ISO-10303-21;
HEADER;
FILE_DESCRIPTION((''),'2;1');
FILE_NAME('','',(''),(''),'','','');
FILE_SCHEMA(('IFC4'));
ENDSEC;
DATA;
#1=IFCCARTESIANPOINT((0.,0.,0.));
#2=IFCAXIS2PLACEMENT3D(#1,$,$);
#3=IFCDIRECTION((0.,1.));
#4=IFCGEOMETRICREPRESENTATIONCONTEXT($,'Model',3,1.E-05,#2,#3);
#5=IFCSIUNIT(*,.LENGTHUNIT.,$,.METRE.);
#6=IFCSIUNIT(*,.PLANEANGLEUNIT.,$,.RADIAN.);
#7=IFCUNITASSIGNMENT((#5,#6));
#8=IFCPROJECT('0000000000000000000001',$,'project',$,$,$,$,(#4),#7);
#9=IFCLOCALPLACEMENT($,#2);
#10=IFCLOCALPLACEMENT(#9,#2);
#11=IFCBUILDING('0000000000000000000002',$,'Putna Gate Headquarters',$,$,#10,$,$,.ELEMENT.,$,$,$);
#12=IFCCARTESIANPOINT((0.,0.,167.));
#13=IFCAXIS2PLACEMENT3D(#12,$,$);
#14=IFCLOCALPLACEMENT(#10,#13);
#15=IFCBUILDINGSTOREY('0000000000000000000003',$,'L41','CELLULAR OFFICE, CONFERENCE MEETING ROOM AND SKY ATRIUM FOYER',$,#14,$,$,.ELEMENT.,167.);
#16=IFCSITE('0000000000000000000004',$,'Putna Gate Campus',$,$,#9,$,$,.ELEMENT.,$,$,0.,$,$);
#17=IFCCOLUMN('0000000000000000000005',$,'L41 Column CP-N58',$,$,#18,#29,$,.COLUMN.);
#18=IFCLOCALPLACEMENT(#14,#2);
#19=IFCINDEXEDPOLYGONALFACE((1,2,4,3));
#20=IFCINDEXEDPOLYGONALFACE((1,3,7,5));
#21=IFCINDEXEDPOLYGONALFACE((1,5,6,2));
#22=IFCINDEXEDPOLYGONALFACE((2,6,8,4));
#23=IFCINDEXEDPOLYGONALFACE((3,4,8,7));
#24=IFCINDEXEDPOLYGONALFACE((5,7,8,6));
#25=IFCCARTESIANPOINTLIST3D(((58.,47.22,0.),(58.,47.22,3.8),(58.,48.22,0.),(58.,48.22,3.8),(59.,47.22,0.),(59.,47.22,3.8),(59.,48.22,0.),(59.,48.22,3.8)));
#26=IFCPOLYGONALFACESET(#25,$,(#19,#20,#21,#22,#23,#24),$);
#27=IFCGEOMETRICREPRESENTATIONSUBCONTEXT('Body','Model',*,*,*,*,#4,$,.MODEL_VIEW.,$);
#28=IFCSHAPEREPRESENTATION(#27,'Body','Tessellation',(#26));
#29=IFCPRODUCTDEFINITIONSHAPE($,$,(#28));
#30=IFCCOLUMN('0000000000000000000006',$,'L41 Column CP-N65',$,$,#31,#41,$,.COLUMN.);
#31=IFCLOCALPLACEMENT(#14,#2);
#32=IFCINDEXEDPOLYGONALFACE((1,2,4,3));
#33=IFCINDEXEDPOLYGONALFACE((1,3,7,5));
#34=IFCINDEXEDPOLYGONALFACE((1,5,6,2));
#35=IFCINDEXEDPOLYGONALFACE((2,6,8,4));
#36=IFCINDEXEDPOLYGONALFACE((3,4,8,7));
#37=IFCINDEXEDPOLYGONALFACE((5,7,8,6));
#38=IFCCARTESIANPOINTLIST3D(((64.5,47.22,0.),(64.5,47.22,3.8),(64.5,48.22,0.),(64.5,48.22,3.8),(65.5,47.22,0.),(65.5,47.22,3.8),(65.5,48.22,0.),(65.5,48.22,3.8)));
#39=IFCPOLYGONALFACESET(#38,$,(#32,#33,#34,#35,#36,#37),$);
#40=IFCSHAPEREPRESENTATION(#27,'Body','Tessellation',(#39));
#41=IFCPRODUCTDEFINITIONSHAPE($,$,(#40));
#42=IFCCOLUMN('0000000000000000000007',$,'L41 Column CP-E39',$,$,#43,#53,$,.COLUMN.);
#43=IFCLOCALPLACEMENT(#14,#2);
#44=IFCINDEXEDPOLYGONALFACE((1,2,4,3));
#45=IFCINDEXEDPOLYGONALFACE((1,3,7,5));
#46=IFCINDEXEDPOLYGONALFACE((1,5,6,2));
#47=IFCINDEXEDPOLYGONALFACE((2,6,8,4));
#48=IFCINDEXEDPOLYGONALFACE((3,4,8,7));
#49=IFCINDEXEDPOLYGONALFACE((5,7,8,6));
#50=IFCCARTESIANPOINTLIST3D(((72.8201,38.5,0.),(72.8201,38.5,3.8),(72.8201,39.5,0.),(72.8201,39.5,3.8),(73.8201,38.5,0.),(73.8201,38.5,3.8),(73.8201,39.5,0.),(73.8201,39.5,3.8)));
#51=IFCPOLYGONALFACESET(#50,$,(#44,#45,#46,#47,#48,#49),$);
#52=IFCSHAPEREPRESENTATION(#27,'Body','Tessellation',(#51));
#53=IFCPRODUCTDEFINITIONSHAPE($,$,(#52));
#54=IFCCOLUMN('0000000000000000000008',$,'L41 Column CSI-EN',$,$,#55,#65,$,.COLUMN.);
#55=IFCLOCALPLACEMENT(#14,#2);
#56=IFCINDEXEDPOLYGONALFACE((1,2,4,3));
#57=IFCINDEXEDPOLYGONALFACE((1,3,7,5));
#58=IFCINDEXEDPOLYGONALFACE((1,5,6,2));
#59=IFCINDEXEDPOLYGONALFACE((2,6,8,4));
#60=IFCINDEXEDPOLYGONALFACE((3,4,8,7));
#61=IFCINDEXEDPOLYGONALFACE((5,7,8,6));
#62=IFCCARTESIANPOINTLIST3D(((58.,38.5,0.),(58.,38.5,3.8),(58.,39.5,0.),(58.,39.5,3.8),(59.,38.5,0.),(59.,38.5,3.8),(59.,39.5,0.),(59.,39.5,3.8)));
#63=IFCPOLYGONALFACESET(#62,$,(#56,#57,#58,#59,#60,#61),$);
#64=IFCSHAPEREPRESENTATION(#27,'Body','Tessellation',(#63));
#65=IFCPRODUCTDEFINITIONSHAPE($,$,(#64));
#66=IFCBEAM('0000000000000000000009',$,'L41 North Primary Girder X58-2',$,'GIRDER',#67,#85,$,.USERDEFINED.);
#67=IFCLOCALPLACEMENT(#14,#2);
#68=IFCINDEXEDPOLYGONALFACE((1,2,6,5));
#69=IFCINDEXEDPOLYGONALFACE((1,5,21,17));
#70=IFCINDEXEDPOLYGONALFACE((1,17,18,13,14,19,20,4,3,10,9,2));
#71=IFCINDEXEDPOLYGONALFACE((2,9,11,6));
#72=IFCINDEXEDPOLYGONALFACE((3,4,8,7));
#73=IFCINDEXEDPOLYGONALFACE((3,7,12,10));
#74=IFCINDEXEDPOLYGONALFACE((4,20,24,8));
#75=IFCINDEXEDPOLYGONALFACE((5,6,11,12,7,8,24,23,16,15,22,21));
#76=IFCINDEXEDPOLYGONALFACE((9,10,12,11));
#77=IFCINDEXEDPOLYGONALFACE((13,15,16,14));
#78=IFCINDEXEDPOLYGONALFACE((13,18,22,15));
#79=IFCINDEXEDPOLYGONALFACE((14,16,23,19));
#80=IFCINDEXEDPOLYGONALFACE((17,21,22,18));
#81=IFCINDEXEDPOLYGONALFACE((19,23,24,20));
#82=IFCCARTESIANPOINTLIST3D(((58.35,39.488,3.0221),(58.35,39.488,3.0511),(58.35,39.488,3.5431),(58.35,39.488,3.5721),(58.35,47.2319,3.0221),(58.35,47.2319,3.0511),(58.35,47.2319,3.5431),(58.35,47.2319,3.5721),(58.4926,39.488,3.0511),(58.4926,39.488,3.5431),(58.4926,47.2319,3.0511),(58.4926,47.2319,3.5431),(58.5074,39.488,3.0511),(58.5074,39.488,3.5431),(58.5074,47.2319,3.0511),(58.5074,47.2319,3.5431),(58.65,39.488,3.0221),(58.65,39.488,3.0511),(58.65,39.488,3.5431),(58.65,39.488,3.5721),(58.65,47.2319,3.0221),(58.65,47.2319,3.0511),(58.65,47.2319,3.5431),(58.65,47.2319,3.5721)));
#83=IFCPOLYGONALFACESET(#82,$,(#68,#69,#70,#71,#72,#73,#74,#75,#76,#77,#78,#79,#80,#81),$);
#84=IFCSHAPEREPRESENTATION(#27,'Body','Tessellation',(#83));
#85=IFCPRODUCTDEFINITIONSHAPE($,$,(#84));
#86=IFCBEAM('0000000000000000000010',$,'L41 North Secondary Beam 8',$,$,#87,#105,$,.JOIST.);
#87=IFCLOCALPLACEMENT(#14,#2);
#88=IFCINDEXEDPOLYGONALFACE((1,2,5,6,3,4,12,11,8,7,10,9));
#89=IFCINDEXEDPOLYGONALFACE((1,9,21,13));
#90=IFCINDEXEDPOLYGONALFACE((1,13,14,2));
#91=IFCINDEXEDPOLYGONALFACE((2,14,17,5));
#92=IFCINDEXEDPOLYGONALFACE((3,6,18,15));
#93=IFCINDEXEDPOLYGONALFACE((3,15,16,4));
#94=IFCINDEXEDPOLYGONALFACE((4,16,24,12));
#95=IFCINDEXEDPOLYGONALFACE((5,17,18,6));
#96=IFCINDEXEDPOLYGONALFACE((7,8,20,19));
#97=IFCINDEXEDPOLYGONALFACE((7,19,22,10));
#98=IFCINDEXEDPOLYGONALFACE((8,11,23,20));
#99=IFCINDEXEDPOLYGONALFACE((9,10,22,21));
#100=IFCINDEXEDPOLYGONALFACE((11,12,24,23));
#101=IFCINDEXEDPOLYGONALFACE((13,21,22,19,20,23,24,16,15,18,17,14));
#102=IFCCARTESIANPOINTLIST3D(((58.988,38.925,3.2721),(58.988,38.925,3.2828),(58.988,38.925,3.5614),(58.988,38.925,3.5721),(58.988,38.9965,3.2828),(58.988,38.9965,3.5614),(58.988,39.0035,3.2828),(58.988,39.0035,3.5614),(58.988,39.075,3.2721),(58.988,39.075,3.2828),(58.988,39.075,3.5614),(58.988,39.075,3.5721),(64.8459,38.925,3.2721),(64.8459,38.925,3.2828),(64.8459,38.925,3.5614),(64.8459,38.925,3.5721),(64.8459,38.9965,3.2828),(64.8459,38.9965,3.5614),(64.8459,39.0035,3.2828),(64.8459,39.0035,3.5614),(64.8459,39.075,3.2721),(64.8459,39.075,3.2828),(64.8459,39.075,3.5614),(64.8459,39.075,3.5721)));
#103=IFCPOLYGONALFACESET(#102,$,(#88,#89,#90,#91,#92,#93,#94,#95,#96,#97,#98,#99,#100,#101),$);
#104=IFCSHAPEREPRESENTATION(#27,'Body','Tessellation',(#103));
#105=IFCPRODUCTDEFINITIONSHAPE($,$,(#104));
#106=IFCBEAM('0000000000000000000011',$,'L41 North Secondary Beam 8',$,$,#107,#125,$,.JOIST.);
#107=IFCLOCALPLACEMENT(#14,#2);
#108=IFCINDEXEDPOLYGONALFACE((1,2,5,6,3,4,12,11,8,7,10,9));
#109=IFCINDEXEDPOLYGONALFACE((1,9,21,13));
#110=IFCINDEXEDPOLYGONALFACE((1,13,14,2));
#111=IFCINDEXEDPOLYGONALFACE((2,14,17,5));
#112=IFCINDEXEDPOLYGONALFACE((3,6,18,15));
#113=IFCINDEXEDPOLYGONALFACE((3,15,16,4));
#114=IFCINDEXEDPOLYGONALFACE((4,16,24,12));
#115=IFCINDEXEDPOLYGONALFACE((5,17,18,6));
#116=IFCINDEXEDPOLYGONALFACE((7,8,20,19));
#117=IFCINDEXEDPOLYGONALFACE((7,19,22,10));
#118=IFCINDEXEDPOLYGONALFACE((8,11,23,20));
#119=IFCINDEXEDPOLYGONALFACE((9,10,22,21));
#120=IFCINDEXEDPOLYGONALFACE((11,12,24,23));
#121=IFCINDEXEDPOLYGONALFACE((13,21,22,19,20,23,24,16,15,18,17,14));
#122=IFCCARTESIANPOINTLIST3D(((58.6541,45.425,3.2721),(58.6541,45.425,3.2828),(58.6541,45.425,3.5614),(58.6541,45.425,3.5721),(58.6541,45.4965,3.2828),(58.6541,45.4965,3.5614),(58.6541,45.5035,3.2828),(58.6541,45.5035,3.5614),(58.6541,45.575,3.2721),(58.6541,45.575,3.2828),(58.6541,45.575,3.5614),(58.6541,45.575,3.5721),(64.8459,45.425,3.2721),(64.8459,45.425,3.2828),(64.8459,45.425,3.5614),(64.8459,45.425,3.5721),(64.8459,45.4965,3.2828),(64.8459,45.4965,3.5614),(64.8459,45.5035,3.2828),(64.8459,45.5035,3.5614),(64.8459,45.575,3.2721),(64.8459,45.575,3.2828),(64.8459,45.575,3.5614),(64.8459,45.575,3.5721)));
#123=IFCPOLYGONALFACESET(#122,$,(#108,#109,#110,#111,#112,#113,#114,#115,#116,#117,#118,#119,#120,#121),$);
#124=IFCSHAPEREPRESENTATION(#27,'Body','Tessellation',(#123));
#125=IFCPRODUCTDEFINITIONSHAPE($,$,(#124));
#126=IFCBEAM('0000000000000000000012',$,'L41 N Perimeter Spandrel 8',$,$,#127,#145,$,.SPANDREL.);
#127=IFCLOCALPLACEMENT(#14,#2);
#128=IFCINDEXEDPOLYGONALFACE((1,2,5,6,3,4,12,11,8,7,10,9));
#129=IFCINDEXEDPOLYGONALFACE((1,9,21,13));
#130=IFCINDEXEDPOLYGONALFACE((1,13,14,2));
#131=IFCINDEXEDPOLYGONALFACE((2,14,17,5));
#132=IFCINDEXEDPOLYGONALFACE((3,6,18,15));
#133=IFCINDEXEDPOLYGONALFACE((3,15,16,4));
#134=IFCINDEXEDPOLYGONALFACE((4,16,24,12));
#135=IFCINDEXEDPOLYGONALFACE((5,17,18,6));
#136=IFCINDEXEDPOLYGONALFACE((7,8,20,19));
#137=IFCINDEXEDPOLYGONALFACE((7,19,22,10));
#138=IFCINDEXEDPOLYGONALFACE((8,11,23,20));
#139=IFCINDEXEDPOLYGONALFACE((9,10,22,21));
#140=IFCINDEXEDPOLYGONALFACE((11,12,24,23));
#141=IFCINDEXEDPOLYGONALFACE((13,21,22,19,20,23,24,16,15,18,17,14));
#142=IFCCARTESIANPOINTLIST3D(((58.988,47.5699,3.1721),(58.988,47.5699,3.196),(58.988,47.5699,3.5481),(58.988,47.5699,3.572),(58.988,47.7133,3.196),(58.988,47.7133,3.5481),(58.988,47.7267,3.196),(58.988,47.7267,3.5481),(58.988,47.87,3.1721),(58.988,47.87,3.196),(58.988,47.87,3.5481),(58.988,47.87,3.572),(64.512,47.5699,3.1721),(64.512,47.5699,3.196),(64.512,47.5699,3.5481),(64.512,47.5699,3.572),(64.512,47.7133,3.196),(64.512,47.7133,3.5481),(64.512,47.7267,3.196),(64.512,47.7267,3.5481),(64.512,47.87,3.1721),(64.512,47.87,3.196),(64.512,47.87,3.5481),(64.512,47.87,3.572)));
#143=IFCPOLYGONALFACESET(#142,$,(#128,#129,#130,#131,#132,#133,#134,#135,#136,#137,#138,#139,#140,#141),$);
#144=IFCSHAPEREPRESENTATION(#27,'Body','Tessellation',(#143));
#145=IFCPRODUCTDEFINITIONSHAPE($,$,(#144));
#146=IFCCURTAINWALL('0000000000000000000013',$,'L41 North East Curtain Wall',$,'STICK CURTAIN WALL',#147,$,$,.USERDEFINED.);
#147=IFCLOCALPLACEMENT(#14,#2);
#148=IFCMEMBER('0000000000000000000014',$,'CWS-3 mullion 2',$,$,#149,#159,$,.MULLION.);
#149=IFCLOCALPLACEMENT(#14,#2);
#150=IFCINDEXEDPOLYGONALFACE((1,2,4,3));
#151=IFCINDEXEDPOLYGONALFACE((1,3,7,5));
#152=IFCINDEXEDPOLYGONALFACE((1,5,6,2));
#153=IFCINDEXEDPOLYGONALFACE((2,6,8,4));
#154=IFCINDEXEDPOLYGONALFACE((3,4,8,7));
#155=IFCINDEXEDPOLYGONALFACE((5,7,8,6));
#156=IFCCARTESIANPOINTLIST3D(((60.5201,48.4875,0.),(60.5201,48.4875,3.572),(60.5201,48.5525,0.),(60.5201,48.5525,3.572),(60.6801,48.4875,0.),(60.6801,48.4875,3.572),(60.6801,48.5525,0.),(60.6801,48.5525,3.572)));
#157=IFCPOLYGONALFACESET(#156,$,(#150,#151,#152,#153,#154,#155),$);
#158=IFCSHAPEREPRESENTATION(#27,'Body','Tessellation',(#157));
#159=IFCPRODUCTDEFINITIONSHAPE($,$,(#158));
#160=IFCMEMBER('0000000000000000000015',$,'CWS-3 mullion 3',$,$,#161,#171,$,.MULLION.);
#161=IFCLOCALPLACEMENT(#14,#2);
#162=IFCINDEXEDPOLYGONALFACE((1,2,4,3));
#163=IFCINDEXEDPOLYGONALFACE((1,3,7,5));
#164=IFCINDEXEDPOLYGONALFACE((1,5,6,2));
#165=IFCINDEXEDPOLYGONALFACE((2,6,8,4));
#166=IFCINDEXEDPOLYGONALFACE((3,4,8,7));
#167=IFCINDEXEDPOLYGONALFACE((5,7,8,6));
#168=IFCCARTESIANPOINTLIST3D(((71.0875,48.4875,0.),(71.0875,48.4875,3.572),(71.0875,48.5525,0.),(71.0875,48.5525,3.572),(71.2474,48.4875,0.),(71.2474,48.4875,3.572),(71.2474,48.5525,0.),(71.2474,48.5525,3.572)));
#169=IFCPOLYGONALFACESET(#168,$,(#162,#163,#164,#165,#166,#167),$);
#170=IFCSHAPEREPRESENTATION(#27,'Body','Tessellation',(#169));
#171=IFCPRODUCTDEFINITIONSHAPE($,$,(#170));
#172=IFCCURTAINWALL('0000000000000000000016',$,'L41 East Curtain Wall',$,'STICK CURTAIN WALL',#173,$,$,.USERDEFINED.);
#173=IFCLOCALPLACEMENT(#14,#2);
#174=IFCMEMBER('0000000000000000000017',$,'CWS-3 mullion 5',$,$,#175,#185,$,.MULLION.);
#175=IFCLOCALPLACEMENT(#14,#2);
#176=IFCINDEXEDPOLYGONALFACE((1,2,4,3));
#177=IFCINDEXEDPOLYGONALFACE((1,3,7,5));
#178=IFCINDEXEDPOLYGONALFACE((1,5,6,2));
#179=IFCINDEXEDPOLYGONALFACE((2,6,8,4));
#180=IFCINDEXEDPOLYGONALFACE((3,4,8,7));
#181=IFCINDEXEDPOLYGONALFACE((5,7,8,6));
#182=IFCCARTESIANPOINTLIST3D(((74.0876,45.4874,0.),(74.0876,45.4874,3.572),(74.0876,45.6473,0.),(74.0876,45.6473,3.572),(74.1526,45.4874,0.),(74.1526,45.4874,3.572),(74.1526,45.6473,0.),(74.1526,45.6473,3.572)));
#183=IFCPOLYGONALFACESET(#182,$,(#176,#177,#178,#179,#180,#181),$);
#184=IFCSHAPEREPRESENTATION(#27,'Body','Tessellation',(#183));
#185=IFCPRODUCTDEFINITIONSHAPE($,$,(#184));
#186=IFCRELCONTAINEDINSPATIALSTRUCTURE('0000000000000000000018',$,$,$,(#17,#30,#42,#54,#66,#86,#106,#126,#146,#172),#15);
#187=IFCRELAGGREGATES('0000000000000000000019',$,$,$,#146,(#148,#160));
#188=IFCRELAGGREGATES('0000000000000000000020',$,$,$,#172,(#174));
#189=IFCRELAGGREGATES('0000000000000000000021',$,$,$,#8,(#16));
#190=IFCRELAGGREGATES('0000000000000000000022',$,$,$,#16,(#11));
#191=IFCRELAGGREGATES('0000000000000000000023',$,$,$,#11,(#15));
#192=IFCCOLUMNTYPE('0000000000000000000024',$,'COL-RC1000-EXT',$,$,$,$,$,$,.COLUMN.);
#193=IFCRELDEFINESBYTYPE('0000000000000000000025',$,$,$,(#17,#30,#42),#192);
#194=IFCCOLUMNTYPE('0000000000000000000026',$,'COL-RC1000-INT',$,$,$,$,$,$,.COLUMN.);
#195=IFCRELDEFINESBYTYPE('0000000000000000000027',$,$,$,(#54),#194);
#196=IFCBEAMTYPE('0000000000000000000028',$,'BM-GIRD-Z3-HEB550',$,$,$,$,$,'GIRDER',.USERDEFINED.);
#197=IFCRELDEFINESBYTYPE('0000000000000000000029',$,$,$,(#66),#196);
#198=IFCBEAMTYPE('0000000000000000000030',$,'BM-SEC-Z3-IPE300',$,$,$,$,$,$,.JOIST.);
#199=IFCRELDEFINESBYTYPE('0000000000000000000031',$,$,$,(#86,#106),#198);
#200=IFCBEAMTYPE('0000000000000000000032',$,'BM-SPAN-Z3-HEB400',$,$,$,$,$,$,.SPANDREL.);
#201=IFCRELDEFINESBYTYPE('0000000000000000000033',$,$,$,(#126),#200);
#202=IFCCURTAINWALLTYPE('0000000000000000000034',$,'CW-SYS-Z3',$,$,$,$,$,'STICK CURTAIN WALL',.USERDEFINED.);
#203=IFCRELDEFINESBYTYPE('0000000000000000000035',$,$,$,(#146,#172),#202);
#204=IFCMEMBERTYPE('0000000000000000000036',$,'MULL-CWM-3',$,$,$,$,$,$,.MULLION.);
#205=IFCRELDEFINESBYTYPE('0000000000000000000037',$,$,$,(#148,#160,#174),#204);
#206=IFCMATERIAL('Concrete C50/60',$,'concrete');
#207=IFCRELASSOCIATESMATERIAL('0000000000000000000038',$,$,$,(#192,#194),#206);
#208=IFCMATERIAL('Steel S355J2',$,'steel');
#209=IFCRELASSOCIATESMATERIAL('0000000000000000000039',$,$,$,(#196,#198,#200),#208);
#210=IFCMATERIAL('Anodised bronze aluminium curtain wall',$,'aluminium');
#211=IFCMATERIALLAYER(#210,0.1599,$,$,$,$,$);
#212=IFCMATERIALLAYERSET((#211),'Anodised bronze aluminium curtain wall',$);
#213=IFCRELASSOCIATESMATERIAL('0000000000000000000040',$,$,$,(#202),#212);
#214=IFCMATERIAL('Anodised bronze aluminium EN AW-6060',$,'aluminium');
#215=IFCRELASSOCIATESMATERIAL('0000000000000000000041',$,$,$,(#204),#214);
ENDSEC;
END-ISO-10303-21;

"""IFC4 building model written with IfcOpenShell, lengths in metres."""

from ifc_helpers import new_model, si_unit, direction, frame, origin, origin_2d, place, context, subcontext, project, spatial, rectangle, i_section, extrude, material, layer, layer_set, material_profile, profile_set, type_object, element, aggregate, save


model = new_model("IFC4")

# Units and contexts
model_context = context("Model", 3, precision=1e-05, world=origin(), true_north=direction((0.0, 1.0)))
body_context = subcontext(model_context, "Body", "Model", "MODEL_VIEW")
ifc_project = project(units=[si_unit("LENGTHUNIT", "METRE"), si_unit("PLANEANGLEUNIT", "RADIAN")], contexts=[model_context])

# Site, building, storey
site_placement = place(None, origin())
site = spatial("IfcSite", under=ifc_project, at=site_placement, Name="Putna Gate Campus", CompositionType="ELEMENT", RefElevation=0.0)
building_placement = place(site_placement, origin())
building = spatial("IfcBuilding", under=site, at=building_placement, Name="Putna Gate Headquarters", CompositionType="ELEMENT")
storey_placement = place(building_placement, frame((0.0, 0.0, 167.0)))
storey = spatial("IfcBuildingStorey", under=building, at=storey_placement, Name="L41", Description="CELLULAR OFFICE, CONFERENCE MEETING ROOM AND SKY ATRIUM FOYER", CompositionType="ELEMENT", Elevation=167.0)

# Columns
ifc_material_1 = material(Name="Concrete C50/60", Category="concrete")
ifc_material_profile_1 = material_profile(ifc_material_1, rectangle(XDim=1.0, YDim=1.0, at=origin_2d()), Name="Concrete C50/60")
ifc_profile_set_1 = profile_set([ifc_material_profile_1], Name="Concrete C50/60")
column_type_1 = type_object("IfcColumnType", Name="COL-RC1000-EXT", PredefinedType="COLUMN", material=ifc_profile_set_1)
for number, where, z_axis, x_axis, name in (
    (1, (58.5, 47.72, 0.0), (0.0, 0.0, 1.0), (1.0, 0.0, 0.0), "L41 Column CP-N58"),
    (2, (65.0, 47.72, 0.0), (0.0, 0.0, 1.0), (1.0, 0.0, 0.0), "L41 Column CP-N65"),
    (3, (73.3201, 39.0, 0.0), (0.0, 0.0, 1.0), (1.0, 0.0, 0.0), "L41 Column CP-E39"),
):
    element("IfcColumn", number, at=place(storey_placement, frame(where, z_axis=z_axis, x_axis=x_axis)), inside=storey, type_object=column_type_1, Name=name, PredefinedType="COLUMN", context=body_context, shape_type="SweptSolid", body=[
        extrude(rectangle(XDim=1.0, YDim=1.0, at=origin_2d()), origin(), (0.0, 0.0, 1.0), 3.8),
    ])
ifc_material_profile_2 = material_profile(ifc_material_1, rectangle(XDim=1.0, YDim=1.0, at=origin_2d()), Name="Concrete C50/60")
ifc_profile_set_2 = profile_set([ifc_material_profile_2], Name="Concrete C50/60")
column_type_2 = type_object("IfcColumnType", Name="COL-RC1000-INT", PredefinedType="COLUMN", material=ifc_profile_set_2)
column_placement = place(storey_placement, frame((58.5, 39.0, 0.0), z_axis=(0.0, 0.0, 1.0), x_axis=(1.0, 0.0, 0.0)))
element("IfcColumn", 4, at=column_placement, inside=storey, type_object=column_type_2, Name="L41 Column CSI-EN", PredefinedType="COLUMN", context=body_context, shape_type="SweptSolid", body=[
    extrude(rectangle(XDim=1.0, YDim=1.0, at=origin_2d()), origin(), (0.0, 0.0, 1.0), 3.8),
])

# Beams
ifc_material_2 = material(Name="Steel S355J2", Category="steel")
ifc_material_profile_3 = material_profile(ifc_material_2, i_section(OverallWidth=0.3, OverallDepth=0.55, WebThickness=0.0149, FlangeThickness=0.0291, at=origin_2d()), Name="Steel S355J2")
ifc_profile_set_3 = profile_set([ifc_material_profile_3], Name="Steel S355J2")
beam_type_1 = type_object("IfcBeamType", Name="BM-GIRD-Z3-HEB550", ElementType="GIRDER", PredefinedType="USERDEFINED", material=ifc_profile_set_3)
beam_1_placement = place(storey_placement, frame((58.5, 39.488, 3.2971), z_axis=(0.0, 1.0, 0.0), x_axis=(-1.0, 0.0, 0.0)))
element("IfcBeam", 5, at=beam_1_placement, inside=storey, type_object=beam_type_1, Name="L41 North Primary Girder X58-2", ObjectType="GIRDER", PredefinedType="USERDEFINED", context=body_context, shape_type="SweptSolid", body=[
    extrude(i_section(OverallWidth=0.3, OverallDepth=0.55, WebThickness=0.0149, FlangeThickness=0.0291, at=origin_2d()), origin(), (0.0, 0.0, 1.0), 7.7439),
])
ifc_material_profile_4 = material_profile(ifc_material_2, i_section(OverallWidth=0.1499, OverallDepth=0.3, WebThickness=0.0071, FlangeThickness=0.0107, at=origin_2d()), Name="Steel S355J2")
ifc_profile_set_4 = profile_set([ifc_material_profile_4], Name="Steel S355J2")
beam_type_2 = type_object("IfcBeamType", Name="BM-SEC-Z3-IPE300", PredefinedType="JOIST", material=ifc_profile_set_4)
beam_2_placement = place(storey_placement, frame((58.988, 39.0, 3.4221), z_axis=(1.0, 0.0, 0.0), x_axis=(0.0, 1.0, 0.0)))
element("IfcBeam", 6, at=beam_2_placement, inside=storey, type_object=beam_type_2, Name="L41 North Secondary Beam 8", PredefinedType="JOIST", context=body_context, shape_type="SweptSolid", body=[
    extrude(i_section(OverallWidth=0.1499, OverallDepth=0.3, WebThickness=0.0071, FlangeThickness=0.0107, at=origin_2d()), origin(), (0.0, 0.0, 1.0), 5.8579),
])
beam_3_placement = place(storey_placement, frame((58.6541, 45.5, 3.4221), z_axis=(1.0, 0.0, 0.0), x_axis=(0.0, 1.0, 0.0)))
element("IfcBeam", 7, at=beam_3_placement, inside=storey, type_object=beam_type_2, Name="L41 North Secondary Beam 8", PredefinedType="JOIST", context=body_context, shape_type="SweptSolid", body=[
    extrude(i_section(OverallWidth=0.1499, OverallDepth=0.3, WebThickness=0.0071, FlangeThickness=0.0107, at=origin_2d()), origin(), (0.0, 0.0, 1.0), 6.1919),
])
ifc_material_profile_5 = material_profile(ifc_material_2, i_section(OverallWidth=0.3, OverallDepth=0.3999, WebThickness=0.0134, FlangeThickness=0.0239, at=origin_2d()), Name="Steel S355J2")
ifc_profile_set_5 = profile_set([ifc_material_profile_5], Name="Steel S355J2")
beam_type_3 = type_object("IfcBeamType", Name="BM-SPAN-Z3-HEB400", PredefinedType="SPANDREL", material=ifc_profile_set_5)
beam_4_placement = place(storey_placement, frame((58.988, 47.72, 3.3721), z_axis=(1.0, 0.0, 0.0), x_axis=(0.0, 1.0, 0.0)))
element("IfcBeam", 8, at=beam_4_placement, inside=storey, type_object=beam_type_3, Name="L41 N Perimeter Spandrel 8", PredefinedType="SPANDREL", context=body_context, shape_type="SweptSolid", body=[
    extrude(i_section(OverallWidth=0.3, OverallDepth=0.3999, WebThickness=0.0134, FlangeThickness=0.0239, at=origin_2d()), origin(), (0.0, 0.0, 1.0), 5.5239),
])

# Curtain wall, members
ifc_material_3 = material(Name="Anodised bronze aluminium curtain wall", Category="aluminium")
ifc_layer_1 = layer(ifc_material_3, 0.1599)
ifc_layer_set_1 = layer_set([ifc_layer_1], Name="Anodised bronze aluminium curtain wall")
curtain_wall_type = type_object("IfcCurtainWallType", Name="CW-SYS-Z3", ElementType="STICK CURTAIN WALL", PredefinedType="USERDEFINED", material=ifc_layer_set_1)
curtain_wall_1_placement = place(storey_placement, origin())
curtain_wall_1 = element("IfcCurtainWall", 9, at=curtain_wall_1_placement, inside=storey, type_object=curtain_wall_type, Name="L41 North East Curtain Wall", ObjectType="STICK CURTAIN WALL", PredefinedType="USERDEFINED")
ifc_material_4 = material(Name="Anodised bronze aluminium EN AW-6060", Category="aluminium")
ifc_material_profile_6 = material_profile(ifc_material_4, rectangle(XDim=0.0649, YDim=0.1599, at=origin_2d()), Name="Anodised bronze aluminium EN AW-6060")
ifc_profile_set_6 = profile_set([ifc_material_profile_6], Name="Anodised bronze aluminium EN AW-6060")
member_type_1 = type_object("IfcMemberType", Name="MULL-CWM-3", PredefinedType="MULLION", material=ifc_profile_set_6)
member_1_placement = place(storey_placement, frame((60.6001, 48.52, 0.0), z_axis=(0.0, 0.0, 1.0), x_axis=(0.0, 1.0, 0.0)))
member_1 = element("IfcMember", 10, at=member_1_placement, type_object=member_type_1, Name="CWS-3 mullion 2", PredefinedType="MULLION", context=body_context, shape_type="SweptSolid", body=[
    extrude(rectangle(XDim=0.0649, YDim=0.1599, at=origin_2d()), origin(), (0.0, 0.0, 1.0), 3.572),
])
member_2_placement = place(storey_placement, frame((71.1675, 48.52, 0.0), z_axis=(0.0, 0.0, 1.0), x_axis=(0.0, 1.0, 0.0)))
member_2 = element("IfcMember", 11, at=member_2_placement, type_object=member_type_1, Name="CWS-3 mullion 3", PredefinedType="MULLION", context=body_context, shape_type="SweptSolid", body=[
    extrude(rectangle(XDim=0.0649, YDim=0.1599, at=origin_2d()), origin(), (0.0, 0.0, 1.0), 3.572),
])

# Curtain wall, member
curtain_wall_2_placement = place(storey_placement, origin())
curtain_wall_2 = element("IfcCurtainWall", 12, at=curtain_wall_2_placement, inside=storey, type_object=curtain_wall_type, Name="L41 East Curtain Wall", ObjectType="STICK CURTAIN WALL", PredefinedType="USERDEFINED")
member_3_placement = place(storey_placement, frame((74.1201, 45.5674, 0.0), z_axis=(0.0, 0.0, 1.0), x_axis=(-1.0, 0.0, 0.0)))
member_3 = element("IfcMember", 13, at=member_3_placement, type_object=member_type_1, Name="CWS-3 mullion 5", PredefinedType="MULLION", context=body_context, shape_type="SweptSolid", body=[
    extrude(rectangle(XDim=0.0649, YDim=0.1599, at=origin_2d()), origin(), (0.0, 0.0, 1.0), 3.572),
])

aggregate(curtain_wall_1, [member_1, member_2])
aggregate(curtain_wall_2, [member_3])

save(model, "model.ifc")
